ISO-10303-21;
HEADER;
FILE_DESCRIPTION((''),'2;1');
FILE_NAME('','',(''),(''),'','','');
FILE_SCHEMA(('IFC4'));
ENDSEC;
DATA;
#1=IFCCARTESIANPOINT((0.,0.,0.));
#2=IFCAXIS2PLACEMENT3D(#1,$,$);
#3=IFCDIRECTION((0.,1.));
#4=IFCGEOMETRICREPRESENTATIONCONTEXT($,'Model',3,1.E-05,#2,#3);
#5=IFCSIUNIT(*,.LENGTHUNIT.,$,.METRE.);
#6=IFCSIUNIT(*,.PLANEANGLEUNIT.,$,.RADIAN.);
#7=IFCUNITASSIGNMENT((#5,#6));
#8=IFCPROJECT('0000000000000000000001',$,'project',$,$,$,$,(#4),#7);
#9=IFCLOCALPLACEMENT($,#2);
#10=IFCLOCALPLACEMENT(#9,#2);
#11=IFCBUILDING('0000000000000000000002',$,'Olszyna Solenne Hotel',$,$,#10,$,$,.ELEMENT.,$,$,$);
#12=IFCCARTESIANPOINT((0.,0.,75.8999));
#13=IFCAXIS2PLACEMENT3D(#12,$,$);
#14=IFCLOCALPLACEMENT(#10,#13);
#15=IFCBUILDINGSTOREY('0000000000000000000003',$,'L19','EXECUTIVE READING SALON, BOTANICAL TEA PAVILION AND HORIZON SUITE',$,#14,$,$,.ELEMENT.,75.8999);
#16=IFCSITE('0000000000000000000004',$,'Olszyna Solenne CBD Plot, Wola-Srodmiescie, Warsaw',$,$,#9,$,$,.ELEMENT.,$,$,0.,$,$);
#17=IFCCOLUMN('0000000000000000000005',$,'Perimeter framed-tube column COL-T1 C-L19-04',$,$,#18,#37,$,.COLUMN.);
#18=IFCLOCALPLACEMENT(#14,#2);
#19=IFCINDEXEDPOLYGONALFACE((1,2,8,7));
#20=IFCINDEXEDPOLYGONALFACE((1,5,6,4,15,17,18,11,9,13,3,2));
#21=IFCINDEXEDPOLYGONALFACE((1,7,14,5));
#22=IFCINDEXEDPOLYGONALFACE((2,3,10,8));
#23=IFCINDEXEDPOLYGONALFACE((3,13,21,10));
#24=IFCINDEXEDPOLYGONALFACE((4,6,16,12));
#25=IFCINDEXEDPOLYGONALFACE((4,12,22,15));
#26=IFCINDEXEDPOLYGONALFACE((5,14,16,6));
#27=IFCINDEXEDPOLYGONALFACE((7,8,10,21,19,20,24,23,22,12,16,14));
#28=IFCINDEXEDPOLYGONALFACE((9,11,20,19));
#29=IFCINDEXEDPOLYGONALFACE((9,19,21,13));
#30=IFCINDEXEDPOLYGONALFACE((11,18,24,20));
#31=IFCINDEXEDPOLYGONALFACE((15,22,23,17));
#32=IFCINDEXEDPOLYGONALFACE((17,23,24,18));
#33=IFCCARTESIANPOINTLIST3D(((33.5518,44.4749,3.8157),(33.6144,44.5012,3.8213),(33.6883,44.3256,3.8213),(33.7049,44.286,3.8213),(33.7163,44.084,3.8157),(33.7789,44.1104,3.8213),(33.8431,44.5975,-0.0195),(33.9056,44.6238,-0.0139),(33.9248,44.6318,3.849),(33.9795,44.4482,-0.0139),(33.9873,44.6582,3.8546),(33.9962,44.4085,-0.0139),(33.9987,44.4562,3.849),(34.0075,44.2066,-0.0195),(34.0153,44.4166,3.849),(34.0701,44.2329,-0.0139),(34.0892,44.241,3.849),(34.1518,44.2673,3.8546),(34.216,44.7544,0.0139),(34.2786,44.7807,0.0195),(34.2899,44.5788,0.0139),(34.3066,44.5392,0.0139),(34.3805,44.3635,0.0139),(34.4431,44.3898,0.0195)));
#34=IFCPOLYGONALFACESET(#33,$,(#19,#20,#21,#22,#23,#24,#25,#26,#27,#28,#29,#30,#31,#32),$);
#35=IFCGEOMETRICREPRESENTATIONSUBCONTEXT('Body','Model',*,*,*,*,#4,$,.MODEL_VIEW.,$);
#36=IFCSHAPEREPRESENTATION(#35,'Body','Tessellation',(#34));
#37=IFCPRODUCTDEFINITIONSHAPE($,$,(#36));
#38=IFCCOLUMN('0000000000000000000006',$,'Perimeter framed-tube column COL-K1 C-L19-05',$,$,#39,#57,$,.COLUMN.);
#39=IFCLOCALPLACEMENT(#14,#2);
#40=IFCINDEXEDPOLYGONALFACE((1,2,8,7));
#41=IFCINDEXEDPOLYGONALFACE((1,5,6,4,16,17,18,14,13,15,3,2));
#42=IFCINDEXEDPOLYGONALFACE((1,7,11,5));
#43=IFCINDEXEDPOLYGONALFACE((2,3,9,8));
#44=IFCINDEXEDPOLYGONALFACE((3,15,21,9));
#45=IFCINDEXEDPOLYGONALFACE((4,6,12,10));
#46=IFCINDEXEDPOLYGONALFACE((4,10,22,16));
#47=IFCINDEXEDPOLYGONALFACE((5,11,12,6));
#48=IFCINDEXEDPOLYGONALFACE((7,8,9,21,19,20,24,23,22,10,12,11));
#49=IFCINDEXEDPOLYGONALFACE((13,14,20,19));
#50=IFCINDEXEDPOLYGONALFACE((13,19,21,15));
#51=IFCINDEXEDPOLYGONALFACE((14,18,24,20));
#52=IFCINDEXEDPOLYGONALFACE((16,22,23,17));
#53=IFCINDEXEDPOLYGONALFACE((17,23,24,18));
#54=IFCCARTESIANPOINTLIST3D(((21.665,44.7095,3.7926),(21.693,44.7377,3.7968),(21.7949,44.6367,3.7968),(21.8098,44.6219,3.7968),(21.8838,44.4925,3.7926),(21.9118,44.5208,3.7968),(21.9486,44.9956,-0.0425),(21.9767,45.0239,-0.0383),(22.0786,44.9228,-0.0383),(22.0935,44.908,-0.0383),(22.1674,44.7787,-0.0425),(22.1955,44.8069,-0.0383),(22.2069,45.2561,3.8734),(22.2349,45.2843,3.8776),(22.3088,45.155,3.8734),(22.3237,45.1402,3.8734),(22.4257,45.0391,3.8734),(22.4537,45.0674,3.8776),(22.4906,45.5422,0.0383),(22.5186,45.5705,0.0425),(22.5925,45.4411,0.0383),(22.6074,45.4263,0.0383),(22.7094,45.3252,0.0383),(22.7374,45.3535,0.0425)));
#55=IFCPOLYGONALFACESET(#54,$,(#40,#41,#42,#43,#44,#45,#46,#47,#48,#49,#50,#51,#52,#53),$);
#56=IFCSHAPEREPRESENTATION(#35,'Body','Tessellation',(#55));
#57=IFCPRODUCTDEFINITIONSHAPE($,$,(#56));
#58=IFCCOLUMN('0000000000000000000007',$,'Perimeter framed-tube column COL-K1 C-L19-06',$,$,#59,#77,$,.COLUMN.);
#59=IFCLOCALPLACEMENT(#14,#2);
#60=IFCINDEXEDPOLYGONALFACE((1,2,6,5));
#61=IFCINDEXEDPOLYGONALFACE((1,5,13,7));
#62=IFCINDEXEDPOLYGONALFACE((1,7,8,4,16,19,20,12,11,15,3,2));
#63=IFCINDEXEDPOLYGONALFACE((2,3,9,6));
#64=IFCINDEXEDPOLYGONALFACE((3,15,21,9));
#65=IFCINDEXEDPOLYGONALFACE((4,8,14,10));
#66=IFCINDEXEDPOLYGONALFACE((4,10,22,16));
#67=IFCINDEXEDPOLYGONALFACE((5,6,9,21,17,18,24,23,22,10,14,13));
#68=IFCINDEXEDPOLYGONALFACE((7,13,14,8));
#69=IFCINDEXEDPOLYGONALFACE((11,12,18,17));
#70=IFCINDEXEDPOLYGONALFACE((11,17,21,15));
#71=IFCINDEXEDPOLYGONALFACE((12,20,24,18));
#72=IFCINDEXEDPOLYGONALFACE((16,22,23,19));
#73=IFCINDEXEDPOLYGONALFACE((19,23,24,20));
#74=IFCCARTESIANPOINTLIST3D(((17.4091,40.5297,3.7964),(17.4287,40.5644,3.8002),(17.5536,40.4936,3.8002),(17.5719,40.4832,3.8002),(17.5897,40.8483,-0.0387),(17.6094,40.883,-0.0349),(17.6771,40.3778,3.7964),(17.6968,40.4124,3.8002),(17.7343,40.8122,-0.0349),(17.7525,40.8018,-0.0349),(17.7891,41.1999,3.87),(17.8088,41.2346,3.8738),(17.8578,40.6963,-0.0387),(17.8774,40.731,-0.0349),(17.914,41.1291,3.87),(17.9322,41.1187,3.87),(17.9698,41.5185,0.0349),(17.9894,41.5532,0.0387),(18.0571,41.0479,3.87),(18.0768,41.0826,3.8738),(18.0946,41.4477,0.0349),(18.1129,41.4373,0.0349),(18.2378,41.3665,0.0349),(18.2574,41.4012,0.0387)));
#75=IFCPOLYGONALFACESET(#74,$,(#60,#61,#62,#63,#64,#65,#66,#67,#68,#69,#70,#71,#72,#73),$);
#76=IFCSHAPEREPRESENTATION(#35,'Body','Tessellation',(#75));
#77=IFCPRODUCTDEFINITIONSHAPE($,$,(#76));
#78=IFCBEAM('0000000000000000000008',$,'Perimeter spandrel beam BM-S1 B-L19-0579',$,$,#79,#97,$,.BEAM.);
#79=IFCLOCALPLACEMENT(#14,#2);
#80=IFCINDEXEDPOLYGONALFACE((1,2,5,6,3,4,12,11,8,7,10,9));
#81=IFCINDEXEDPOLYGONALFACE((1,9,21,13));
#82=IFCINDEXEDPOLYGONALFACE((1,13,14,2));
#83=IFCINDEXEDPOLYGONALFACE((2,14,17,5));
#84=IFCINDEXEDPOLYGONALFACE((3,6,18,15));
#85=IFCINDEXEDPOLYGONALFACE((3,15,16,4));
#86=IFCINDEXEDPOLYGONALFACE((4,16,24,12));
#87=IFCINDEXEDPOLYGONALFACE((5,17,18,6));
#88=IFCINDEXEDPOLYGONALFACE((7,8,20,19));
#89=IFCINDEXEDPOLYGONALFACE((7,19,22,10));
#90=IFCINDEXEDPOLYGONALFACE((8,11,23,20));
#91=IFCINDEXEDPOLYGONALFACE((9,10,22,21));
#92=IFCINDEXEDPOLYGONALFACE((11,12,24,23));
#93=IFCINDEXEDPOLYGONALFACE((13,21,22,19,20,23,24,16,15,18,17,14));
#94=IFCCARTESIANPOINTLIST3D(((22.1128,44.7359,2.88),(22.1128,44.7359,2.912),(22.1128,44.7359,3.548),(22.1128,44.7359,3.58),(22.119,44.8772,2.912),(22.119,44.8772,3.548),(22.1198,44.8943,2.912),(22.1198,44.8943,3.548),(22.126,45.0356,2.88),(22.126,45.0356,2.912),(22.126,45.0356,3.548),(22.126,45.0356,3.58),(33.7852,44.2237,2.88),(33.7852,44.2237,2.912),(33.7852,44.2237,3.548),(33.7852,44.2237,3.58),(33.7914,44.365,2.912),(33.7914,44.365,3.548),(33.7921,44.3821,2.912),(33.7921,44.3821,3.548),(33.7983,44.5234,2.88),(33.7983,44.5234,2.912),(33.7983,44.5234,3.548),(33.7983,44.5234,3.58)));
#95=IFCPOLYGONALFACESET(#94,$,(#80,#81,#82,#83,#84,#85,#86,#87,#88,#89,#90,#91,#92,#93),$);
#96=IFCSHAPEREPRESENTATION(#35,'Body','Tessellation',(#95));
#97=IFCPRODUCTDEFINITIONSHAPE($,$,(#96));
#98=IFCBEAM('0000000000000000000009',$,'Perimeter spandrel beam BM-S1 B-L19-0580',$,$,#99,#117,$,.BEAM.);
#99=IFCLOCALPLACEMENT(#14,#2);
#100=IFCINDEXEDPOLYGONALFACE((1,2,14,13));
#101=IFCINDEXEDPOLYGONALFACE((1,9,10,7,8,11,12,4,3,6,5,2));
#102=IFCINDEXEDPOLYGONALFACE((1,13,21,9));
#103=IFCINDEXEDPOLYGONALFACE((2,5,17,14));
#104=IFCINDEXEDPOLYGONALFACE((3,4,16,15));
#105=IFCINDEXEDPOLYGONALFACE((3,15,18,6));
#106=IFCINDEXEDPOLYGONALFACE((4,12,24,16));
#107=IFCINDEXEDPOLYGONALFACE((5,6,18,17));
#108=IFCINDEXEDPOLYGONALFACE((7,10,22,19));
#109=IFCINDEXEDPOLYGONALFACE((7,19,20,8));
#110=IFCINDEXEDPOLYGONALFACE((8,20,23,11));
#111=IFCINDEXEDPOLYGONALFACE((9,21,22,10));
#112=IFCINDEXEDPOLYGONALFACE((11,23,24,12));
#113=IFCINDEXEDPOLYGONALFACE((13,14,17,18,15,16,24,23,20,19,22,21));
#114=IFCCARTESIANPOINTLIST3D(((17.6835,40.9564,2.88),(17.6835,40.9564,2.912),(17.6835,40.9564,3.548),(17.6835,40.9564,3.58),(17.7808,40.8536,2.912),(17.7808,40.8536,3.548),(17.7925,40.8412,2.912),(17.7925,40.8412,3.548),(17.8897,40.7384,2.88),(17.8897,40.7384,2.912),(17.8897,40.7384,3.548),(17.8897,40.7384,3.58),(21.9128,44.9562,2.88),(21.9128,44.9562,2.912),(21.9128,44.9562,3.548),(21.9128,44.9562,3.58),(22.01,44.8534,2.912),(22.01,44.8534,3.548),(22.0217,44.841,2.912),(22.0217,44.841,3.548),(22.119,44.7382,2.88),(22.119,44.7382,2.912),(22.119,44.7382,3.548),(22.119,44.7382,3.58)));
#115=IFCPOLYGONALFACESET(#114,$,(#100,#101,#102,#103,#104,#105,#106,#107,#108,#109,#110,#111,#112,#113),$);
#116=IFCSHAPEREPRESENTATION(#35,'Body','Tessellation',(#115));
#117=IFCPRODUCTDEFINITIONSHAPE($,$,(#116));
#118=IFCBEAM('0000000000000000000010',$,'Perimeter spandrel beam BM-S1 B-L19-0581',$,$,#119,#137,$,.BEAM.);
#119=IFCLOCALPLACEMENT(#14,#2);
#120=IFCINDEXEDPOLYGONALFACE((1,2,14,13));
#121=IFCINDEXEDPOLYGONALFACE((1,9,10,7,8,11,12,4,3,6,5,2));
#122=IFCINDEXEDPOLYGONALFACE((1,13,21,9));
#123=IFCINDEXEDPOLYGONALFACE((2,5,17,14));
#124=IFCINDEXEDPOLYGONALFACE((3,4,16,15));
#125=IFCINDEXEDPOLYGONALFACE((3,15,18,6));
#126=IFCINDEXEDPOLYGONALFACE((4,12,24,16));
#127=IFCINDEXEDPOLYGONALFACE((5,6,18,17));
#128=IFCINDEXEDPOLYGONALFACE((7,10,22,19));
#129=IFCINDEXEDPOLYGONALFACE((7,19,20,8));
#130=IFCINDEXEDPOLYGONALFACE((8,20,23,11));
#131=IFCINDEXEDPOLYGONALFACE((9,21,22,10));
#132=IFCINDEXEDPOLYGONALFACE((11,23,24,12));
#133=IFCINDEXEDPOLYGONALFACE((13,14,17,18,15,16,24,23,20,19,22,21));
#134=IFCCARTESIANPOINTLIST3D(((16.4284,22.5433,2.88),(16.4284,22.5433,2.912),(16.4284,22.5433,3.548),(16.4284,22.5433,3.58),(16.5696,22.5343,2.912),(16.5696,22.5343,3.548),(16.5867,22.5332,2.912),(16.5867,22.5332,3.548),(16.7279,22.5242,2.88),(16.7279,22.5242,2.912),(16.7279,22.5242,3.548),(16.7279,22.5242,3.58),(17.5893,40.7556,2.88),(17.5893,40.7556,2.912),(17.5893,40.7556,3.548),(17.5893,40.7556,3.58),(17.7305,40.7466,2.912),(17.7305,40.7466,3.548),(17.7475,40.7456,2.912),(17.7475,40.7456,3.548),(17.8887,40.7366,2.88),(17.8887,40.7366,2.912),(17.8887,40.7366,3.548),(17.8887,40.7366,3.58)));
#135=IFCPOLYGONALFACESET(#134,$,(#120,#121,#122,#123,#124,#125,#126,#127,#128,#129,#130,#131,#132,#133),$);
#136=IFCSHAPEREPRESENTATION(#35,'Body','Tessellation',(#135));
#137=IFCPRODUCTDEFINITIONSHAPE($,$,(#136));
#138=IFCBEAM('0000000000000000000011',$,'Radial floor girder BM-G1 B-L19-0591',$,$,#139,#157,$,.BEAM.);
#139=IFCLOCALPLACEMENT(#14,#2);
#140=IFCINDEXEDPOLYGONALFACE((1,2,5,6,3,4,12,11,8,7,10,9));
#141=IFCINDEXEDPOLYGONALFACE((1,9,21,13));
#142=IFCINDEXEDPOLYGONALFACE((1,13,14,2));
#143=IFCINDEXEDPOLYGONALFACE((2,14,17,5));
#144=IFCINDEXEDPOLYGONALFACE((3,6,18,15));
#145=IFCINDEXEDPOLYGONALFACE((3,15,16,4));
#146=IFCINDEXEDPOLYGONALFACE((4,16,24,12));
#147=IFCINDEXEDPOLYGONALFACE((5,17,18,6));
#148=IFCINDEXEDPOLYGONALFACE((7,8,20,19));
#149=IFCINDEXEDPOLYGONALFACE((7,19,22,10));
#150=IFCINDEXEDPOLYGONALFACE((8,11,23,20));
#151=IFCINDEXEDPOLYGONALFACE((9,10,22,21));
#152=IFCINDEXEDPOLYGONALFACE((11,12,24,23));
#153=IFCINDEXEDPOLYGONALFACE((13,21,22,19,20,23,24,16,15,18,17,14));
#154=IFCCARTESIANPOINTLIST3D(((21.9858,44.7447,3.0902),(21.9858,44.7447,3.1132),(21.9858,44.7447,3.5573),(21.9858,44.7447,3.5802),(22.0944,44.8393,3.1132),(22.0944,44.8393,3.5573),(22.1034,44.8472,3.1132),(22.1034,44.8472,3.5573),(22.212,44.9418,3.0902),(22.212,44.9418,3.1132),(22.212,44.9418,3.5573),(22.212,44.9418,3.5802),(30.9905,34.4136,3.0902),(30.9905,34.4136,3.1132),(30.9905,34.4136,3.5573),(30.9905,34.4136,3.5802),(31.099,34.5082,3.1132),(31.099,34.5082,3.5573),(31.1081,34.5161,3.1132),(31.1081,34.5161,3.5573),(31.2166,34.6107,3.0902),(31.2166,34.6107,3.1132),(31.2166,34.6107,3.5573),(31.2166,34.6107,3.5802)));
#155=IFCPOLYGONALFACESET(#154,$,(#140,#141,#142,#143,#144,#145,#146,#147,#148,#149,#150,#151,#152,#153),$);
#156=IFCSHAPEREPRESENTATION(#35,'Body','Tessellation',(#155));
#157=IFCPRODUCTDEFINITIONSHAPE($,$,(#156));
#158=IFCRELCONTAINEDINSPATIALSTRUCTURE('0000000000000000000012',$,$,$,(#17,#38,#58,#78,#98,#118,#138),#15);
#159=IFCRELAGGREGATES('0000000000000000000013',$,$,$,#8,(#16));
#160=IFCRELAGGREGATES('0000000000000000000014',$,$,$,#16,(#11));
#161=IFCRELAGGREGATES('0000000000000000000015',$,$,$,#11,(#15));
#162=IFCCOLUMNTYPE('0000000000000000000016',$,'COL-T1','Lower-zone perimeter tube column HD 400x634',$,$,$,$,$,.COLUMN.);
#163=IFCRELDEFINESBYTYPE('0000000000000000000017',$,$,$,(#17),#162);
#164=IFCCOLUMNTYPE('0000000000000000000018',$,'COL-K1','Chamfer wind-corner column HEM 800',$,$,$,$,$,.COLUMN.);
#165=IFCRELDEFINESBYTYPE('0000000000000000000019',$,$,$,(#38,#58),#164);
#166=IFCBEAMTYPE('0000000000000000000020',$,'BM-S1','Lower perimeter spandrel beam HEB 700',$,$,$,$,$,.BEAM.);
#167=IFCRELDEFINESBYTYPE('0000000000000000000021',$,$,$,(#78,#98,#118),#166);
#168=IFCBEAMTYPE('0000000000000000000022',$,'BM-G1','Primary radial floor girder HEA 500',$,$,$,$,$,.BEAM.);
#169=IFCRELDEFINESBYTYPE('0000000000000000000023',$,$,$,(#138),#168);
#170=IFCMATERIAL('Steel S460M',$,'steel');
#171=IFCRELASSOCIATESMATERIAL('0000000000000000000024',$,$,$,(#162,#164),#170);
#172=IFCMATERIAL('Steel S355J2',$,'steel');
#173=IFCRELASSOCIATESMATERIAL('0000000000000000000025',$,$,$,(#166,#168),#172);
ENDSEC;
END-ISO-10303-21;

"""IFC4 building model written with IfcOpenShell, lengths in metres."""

from ifc_helpers import new_model, si_unit, direction, frame, origin, origin_2d, place, context, subcontext, project, spatial, i_section, extrude, source, transform, mapped, material, material_profile, profile_set, type_object, element, save


model = new_model("IFC4")

# Units and contexts
model_context = context("Model", 3, precision=1e-05, world=origin(), true_north=direction((0.0, 1.0)))
body_context = subcontext(model_context, "Body", "Model", "MODEL_VIEW")
ifc_project = project(units=[si_unit("LENGTHUNIT", "METRE"), si_unit("PLANEANGLEUNIT", "RADIAN")], contexts=[model_context])

# Site, building, storey
site_placement = place(None, origin())
site = spatial("IfcSite", under=ifc_project, at=site_placement, Name="Olszyna Solenne CBD Plot, Wola-Srodmiescie, Warsaw", CompositionType="ELEMENT", RefElevation=0.0)
building_placement = place(site_placement, origin())
building = spatial("IfcBuilding", under=site, at=building_placement, Name="Olszyna Solenne Hotel", CompositionType="ELEMENT")
storey_placement = place(building_placement, frame((0.0, 0.0, 75.8999)))
storey = spatial("IfcBuildingStorey", under=building, at=storey_placement, Name="L19", Description="EXECUTIVE READING SALON, BOTANICAL TEA PAVILION AND HORIZON SUITE", CompositionType="ELEMENT", Elevation=75.8999)

# Columns
ifc_material_1 = material(Name="Steel S460M", Category="steel")
ifc_material_profile_1 = material_profile(ifc_material_1, i_section(OverallWidth=0.4241, OverallDepth=0.4741, WebThickness=0.043, FlangeThickness=0.0681, at=origin_2d()), Name="HD 400x634", Category="load-bearing")
ifc_profile_set_1 = profile_set([ifc_material_profile_1], Name="Steel S460M")
column_type_1 = type_object("IfcColumnType", Name="COL-T1", Description="Lower-zone perimeter tube column HD 400x634", PredefinedType="COLUMN", material=ifc_profile_set_1)
shared_shape_1 = source(origin(), body_context, "Body", "SweptSolid", [
    extrude(i_section(OverallWidth=0.4241, OverallDepth=0.4741, WebThickness=0.043, FlangeThickness=0.0681, at=origin_2d()), origin(), (0.0, 0.0, 1.0), 3.8481),
])
column_1_placement = place(storey_placement, frame((34.1431, 44.4937, 0.0), z_axis=(-0.075687, -0.031848, 0.996623), x_axis=(0.38785, -0.921723, 0.0)))
element("IfcColumn", 1, at=column_1_placement, inside=storey, type_object=column_type_1, Name="Perimeter framed-tube column COL-T1 C-L19-04", PredefinedType="COLUMN", context=body_context, shape_type="MappedRepresentation", body=[
    mapped(shared_shape_1, transform((0.0, 0.0, 0.0), x_axis=(1.0, 0.0, 0.0), y_axis=(0.0, 1.0, 0.0), z_axis=(0.0, 0.0, 1.0), scale=1.0)),
])
ifc_material_profile_2 = material_profile(ifc_material_1, i_section(OverallWidth=0.3081, OverallDepth=0.814, WebThickness=0.021, FlangeThickness=0.04, at=origin_2d()), Name="HEM 800", Category="load-bearing")
ifc_profile_set_2 = profile_set([ifc_material_profile_2], Name="Steel S460M")
column_type_2 = type_object("IfcColumnType", Name="COL-K1", Description="Chamfer wind-corner column HEM 800", PredefinedType="COLUMN", material=ifc_profile_set_2)
shared_shape_2 = source(origin(), body_context, "Body", "SweptSolid", [
    extrude(i_section(OverallWidth=0.3081, OverallDepth=0.814, WebThickness=0.021, FlangeThickness=0.04, at=origin_2d()), origin(), (0.0, 0.0, 1.0), 3.8562),
])
column_2_placement = place(storey_placement, frame((22.343, 45.1746, 0.0), z_axis=(-0.073565, -0.074199, 0.994526), x_axis=(0.71013, -0.704071, 0.0)))
element("IfcColumn", 2, at=column_2_placement, inside=storey, type_object=column_type_2, Name="Perimeter framed-tube column COL-K1 C-L19-05", PredefinedType="COLUMN", context=body_context, shape_type="MappedRepresentation", body=[
    mapped(shared_shape_2, transform((0.0, 0.0, 0.0), x_axis=(1.0, 0.0, 0.0), y_axis=(0.0, 1.0, 0.0), z_axis=(0.0, 0.0, 1.0), scale=1.0)),
])
shared_shape_3 = source(origin(), body_context, "Body", "SweptSolid", [
    extrude(i_section(OverallWidth=0.3081, OverallDepth=0.814, WebThickness=0.021, FlangeThickness=0.04, at=origin_2d()), origin(), (0.0, 0.0, 1.0), 3.8525),
])
column_3_placement = place(storey_placement, frame((17.9236, 41.1248, 0.0), z_axis=(-0.046893, -0.082697, 0.995471), x_axis=(0.869879, -0.493265, 0.0)))
element("IfcColumn", 3, at=column_3_placement, inside=storey, type_object=column_type_2, Name="Perimeter framed-tube column COL-K1 C-L19-06", PredefinedType="COLUMN", context=body_context, shape_type="MappedRepresentation", body=[
    mapped(shared_shape_3, transform((0.0, 0.0, 0.0), x_axis=(1.0, 0.0, 0.0), y_axis=(0.0, 1.0, 0.0), z_axis=(0.0, 0.0, 1.0), scale=1.0)),
])

# Beams
ifc_material_2 = material(Name="Steel S355J2", Category="steel")
ifc_material_profile_3 = material_profile(ifc_material_2, i_section(OverallWidth=0.3, OverallDepth=0.7, WebThickness=0.0171, FlangeThickness=0.032, at=origin_2d()), Name="HEB 700", Category="load-bearing")
ifc_profile_set_3 = profile_set([ifc_material_profile_3], Name="Steel S355J2")
beam_type_1 = type_object("IfcBeamType", Name="BM-S1", Description="Lower perimeter spandrel beam HEB 700", PredefinedType="BEAM", material=ifc_profile_set_3)
shared_shape_4 = source(origin(), body_context, "Body", "SweptSolid", [
    extrude(i_section(OverallWidth=0.3, OverallDepth=0.7, WebThickness=0.0171, FlangeThickness=0.032, at=origin_2d()), origin(), (0.0, 0.0, 1.0), 11.6836),
])
beam_1_placement = place(storey_placement, frame((33.7917, 44.3735, 3.23), z_axis=(-0.999039, 0.04384, 0.0), x_axis=(-0.04384, -0.999039, 0.0)))
element("IfcBeam", 4, at=beam_1_placement, inside=storey, type_object=beam_type_1, Name="Perimeter spandrel beam BM-S1 B-L19-0579", PredefinedType="BEAM", context=body_context, shape_type="MappedRepresentation", body=[
    mapped(shared_shape_4, transform((0.0, 0.0, 0.0), x_axis=(1.0, 0.0, 0.0), y_axis=(0.0, 1.0, 0.0), z_axis=(0.0, 0.0, 1.0), scale=1.0)),
])
shared_shape_5 = source(origin(), body_context, "Body", "SweptSolid", [
    extrude(i_section(OverallWidth=0.3, OverallDepth=0.7, WebThickness=0.0171, FlangeThickness=0.032, at=origin_2d()), origin(), (0.0, 0.0, 1.0), 5.821),
])
beam_2_placement = place(storey_placement, frame((22.0159, 44.8472, 3.23), z_axis=(-0.726544, -0.68712, 0.0), x_axis=(0.68712, -0.726544, 0.0)))
element("IfcBeam", 5, at=beam_2_placement, inside=storey, type_object=beam_type_1, Name="Perimeter spandrel beam BM-S1 B-L19-0580", PredefinedType="BEAM", context=body_context, shape_type="MappedRepresentation", body=[
    mapped(shared_shape_5, transform((0.0, 0.0, 0.0), x_axis=(1.0, 0.0, 0.0), y_axis=(0.0, 1.0, 0.0), z_axis=(0.0, 0.0, 1.0), scale=1.0)),
])
shared_shape_6 = source(origin(), body_context, "Body", "SweptSolid", [
    extrude(i_section(OverallWidth=0.3, OverallDepth=0.7, WebThickness=0.0171, FlangeThickness=0.032, at=origin_2d()), origin(), (0.0, 0.0, 1.0), 18.2493),
])
beam_3_placement = place(storey_placement, frame((17.739, 40.7461, 3.23), z_axis=(-0.063613, -0.997975, 0.0), x_axis=(0.997975, -0.063613, 0.0)))
element("IfcBeam", 6, at=beam_3_placement, inside=storey, type_object=beam_type_1, Name="Perimeter spandrel beam BM-S1 B-L19-0581", PredefinedType="BEAM", context=body_context, shape_type="MappedRepresentation", body=[
    mapped(shared_shape_6, transform((0.0, 0.0, 0.0), x_axis=(1.0, 0.0, 0.0), y_axis=(0.0, 1.0, 0.0), z_axis=(0.0, 0.0, 1.0), scale=1.0)),
])
ifc_material_profile_4 = material_profile(ifc_material_2, i_section(OverallWidth=0.3, OverallDepth=0.49, WebThickness=0.012, FlangeThickness=0.0229, at=origin_2d()), Name="HEA 500", Category="load-bearing")
ifc_profile_set_4 = profile_set([ifc_material_profile_4], Name="Steel S355J2")
beam_type_2 = type_object("IfcBeamType", Name="BM-G1", Description="Primary radial floor girder HEA 500", PredefinedType="BEAM", material=ifc_profile_set_4)
shared_shape_7 = source(origin(), body_context, "Body", "SweptSolid", [
    extrude(i_section(OverallWidth=0.3, OverallDepth=0.49, WebThickness=0.012, FlangeThickness=0.0229, at=origin_2d()), origin(), (0.0, 0.0, 1.0), 13.7046),
])
beam_4_placement = place(storey_placement, frame((22.0989, 44.8433, 3.3352), z_axis=(0.657056, -0.753842, 0.0), x_axis=(0.753842, 0.657056, 0.0)))
element("IfcBeam", 7, at=beam_4_placement, inside=storey, type_object=beam_type_2, Name="Radial floor girder BM-G1 B-L19-0591", PredefinedType="BEAM", context=body_context, shape_type="MappedRepresentation", body=[
    mapped(shared_shape_7, transform((0.0, 0.0, 0.0), x_axis=(1.0, 0.0, 0.0), y_axis=(0.0, 1.0, 0.0), z_axis=(0.0, 0.0, 1.0), scale=1.0)),
])

save(model, "model.ifc")
